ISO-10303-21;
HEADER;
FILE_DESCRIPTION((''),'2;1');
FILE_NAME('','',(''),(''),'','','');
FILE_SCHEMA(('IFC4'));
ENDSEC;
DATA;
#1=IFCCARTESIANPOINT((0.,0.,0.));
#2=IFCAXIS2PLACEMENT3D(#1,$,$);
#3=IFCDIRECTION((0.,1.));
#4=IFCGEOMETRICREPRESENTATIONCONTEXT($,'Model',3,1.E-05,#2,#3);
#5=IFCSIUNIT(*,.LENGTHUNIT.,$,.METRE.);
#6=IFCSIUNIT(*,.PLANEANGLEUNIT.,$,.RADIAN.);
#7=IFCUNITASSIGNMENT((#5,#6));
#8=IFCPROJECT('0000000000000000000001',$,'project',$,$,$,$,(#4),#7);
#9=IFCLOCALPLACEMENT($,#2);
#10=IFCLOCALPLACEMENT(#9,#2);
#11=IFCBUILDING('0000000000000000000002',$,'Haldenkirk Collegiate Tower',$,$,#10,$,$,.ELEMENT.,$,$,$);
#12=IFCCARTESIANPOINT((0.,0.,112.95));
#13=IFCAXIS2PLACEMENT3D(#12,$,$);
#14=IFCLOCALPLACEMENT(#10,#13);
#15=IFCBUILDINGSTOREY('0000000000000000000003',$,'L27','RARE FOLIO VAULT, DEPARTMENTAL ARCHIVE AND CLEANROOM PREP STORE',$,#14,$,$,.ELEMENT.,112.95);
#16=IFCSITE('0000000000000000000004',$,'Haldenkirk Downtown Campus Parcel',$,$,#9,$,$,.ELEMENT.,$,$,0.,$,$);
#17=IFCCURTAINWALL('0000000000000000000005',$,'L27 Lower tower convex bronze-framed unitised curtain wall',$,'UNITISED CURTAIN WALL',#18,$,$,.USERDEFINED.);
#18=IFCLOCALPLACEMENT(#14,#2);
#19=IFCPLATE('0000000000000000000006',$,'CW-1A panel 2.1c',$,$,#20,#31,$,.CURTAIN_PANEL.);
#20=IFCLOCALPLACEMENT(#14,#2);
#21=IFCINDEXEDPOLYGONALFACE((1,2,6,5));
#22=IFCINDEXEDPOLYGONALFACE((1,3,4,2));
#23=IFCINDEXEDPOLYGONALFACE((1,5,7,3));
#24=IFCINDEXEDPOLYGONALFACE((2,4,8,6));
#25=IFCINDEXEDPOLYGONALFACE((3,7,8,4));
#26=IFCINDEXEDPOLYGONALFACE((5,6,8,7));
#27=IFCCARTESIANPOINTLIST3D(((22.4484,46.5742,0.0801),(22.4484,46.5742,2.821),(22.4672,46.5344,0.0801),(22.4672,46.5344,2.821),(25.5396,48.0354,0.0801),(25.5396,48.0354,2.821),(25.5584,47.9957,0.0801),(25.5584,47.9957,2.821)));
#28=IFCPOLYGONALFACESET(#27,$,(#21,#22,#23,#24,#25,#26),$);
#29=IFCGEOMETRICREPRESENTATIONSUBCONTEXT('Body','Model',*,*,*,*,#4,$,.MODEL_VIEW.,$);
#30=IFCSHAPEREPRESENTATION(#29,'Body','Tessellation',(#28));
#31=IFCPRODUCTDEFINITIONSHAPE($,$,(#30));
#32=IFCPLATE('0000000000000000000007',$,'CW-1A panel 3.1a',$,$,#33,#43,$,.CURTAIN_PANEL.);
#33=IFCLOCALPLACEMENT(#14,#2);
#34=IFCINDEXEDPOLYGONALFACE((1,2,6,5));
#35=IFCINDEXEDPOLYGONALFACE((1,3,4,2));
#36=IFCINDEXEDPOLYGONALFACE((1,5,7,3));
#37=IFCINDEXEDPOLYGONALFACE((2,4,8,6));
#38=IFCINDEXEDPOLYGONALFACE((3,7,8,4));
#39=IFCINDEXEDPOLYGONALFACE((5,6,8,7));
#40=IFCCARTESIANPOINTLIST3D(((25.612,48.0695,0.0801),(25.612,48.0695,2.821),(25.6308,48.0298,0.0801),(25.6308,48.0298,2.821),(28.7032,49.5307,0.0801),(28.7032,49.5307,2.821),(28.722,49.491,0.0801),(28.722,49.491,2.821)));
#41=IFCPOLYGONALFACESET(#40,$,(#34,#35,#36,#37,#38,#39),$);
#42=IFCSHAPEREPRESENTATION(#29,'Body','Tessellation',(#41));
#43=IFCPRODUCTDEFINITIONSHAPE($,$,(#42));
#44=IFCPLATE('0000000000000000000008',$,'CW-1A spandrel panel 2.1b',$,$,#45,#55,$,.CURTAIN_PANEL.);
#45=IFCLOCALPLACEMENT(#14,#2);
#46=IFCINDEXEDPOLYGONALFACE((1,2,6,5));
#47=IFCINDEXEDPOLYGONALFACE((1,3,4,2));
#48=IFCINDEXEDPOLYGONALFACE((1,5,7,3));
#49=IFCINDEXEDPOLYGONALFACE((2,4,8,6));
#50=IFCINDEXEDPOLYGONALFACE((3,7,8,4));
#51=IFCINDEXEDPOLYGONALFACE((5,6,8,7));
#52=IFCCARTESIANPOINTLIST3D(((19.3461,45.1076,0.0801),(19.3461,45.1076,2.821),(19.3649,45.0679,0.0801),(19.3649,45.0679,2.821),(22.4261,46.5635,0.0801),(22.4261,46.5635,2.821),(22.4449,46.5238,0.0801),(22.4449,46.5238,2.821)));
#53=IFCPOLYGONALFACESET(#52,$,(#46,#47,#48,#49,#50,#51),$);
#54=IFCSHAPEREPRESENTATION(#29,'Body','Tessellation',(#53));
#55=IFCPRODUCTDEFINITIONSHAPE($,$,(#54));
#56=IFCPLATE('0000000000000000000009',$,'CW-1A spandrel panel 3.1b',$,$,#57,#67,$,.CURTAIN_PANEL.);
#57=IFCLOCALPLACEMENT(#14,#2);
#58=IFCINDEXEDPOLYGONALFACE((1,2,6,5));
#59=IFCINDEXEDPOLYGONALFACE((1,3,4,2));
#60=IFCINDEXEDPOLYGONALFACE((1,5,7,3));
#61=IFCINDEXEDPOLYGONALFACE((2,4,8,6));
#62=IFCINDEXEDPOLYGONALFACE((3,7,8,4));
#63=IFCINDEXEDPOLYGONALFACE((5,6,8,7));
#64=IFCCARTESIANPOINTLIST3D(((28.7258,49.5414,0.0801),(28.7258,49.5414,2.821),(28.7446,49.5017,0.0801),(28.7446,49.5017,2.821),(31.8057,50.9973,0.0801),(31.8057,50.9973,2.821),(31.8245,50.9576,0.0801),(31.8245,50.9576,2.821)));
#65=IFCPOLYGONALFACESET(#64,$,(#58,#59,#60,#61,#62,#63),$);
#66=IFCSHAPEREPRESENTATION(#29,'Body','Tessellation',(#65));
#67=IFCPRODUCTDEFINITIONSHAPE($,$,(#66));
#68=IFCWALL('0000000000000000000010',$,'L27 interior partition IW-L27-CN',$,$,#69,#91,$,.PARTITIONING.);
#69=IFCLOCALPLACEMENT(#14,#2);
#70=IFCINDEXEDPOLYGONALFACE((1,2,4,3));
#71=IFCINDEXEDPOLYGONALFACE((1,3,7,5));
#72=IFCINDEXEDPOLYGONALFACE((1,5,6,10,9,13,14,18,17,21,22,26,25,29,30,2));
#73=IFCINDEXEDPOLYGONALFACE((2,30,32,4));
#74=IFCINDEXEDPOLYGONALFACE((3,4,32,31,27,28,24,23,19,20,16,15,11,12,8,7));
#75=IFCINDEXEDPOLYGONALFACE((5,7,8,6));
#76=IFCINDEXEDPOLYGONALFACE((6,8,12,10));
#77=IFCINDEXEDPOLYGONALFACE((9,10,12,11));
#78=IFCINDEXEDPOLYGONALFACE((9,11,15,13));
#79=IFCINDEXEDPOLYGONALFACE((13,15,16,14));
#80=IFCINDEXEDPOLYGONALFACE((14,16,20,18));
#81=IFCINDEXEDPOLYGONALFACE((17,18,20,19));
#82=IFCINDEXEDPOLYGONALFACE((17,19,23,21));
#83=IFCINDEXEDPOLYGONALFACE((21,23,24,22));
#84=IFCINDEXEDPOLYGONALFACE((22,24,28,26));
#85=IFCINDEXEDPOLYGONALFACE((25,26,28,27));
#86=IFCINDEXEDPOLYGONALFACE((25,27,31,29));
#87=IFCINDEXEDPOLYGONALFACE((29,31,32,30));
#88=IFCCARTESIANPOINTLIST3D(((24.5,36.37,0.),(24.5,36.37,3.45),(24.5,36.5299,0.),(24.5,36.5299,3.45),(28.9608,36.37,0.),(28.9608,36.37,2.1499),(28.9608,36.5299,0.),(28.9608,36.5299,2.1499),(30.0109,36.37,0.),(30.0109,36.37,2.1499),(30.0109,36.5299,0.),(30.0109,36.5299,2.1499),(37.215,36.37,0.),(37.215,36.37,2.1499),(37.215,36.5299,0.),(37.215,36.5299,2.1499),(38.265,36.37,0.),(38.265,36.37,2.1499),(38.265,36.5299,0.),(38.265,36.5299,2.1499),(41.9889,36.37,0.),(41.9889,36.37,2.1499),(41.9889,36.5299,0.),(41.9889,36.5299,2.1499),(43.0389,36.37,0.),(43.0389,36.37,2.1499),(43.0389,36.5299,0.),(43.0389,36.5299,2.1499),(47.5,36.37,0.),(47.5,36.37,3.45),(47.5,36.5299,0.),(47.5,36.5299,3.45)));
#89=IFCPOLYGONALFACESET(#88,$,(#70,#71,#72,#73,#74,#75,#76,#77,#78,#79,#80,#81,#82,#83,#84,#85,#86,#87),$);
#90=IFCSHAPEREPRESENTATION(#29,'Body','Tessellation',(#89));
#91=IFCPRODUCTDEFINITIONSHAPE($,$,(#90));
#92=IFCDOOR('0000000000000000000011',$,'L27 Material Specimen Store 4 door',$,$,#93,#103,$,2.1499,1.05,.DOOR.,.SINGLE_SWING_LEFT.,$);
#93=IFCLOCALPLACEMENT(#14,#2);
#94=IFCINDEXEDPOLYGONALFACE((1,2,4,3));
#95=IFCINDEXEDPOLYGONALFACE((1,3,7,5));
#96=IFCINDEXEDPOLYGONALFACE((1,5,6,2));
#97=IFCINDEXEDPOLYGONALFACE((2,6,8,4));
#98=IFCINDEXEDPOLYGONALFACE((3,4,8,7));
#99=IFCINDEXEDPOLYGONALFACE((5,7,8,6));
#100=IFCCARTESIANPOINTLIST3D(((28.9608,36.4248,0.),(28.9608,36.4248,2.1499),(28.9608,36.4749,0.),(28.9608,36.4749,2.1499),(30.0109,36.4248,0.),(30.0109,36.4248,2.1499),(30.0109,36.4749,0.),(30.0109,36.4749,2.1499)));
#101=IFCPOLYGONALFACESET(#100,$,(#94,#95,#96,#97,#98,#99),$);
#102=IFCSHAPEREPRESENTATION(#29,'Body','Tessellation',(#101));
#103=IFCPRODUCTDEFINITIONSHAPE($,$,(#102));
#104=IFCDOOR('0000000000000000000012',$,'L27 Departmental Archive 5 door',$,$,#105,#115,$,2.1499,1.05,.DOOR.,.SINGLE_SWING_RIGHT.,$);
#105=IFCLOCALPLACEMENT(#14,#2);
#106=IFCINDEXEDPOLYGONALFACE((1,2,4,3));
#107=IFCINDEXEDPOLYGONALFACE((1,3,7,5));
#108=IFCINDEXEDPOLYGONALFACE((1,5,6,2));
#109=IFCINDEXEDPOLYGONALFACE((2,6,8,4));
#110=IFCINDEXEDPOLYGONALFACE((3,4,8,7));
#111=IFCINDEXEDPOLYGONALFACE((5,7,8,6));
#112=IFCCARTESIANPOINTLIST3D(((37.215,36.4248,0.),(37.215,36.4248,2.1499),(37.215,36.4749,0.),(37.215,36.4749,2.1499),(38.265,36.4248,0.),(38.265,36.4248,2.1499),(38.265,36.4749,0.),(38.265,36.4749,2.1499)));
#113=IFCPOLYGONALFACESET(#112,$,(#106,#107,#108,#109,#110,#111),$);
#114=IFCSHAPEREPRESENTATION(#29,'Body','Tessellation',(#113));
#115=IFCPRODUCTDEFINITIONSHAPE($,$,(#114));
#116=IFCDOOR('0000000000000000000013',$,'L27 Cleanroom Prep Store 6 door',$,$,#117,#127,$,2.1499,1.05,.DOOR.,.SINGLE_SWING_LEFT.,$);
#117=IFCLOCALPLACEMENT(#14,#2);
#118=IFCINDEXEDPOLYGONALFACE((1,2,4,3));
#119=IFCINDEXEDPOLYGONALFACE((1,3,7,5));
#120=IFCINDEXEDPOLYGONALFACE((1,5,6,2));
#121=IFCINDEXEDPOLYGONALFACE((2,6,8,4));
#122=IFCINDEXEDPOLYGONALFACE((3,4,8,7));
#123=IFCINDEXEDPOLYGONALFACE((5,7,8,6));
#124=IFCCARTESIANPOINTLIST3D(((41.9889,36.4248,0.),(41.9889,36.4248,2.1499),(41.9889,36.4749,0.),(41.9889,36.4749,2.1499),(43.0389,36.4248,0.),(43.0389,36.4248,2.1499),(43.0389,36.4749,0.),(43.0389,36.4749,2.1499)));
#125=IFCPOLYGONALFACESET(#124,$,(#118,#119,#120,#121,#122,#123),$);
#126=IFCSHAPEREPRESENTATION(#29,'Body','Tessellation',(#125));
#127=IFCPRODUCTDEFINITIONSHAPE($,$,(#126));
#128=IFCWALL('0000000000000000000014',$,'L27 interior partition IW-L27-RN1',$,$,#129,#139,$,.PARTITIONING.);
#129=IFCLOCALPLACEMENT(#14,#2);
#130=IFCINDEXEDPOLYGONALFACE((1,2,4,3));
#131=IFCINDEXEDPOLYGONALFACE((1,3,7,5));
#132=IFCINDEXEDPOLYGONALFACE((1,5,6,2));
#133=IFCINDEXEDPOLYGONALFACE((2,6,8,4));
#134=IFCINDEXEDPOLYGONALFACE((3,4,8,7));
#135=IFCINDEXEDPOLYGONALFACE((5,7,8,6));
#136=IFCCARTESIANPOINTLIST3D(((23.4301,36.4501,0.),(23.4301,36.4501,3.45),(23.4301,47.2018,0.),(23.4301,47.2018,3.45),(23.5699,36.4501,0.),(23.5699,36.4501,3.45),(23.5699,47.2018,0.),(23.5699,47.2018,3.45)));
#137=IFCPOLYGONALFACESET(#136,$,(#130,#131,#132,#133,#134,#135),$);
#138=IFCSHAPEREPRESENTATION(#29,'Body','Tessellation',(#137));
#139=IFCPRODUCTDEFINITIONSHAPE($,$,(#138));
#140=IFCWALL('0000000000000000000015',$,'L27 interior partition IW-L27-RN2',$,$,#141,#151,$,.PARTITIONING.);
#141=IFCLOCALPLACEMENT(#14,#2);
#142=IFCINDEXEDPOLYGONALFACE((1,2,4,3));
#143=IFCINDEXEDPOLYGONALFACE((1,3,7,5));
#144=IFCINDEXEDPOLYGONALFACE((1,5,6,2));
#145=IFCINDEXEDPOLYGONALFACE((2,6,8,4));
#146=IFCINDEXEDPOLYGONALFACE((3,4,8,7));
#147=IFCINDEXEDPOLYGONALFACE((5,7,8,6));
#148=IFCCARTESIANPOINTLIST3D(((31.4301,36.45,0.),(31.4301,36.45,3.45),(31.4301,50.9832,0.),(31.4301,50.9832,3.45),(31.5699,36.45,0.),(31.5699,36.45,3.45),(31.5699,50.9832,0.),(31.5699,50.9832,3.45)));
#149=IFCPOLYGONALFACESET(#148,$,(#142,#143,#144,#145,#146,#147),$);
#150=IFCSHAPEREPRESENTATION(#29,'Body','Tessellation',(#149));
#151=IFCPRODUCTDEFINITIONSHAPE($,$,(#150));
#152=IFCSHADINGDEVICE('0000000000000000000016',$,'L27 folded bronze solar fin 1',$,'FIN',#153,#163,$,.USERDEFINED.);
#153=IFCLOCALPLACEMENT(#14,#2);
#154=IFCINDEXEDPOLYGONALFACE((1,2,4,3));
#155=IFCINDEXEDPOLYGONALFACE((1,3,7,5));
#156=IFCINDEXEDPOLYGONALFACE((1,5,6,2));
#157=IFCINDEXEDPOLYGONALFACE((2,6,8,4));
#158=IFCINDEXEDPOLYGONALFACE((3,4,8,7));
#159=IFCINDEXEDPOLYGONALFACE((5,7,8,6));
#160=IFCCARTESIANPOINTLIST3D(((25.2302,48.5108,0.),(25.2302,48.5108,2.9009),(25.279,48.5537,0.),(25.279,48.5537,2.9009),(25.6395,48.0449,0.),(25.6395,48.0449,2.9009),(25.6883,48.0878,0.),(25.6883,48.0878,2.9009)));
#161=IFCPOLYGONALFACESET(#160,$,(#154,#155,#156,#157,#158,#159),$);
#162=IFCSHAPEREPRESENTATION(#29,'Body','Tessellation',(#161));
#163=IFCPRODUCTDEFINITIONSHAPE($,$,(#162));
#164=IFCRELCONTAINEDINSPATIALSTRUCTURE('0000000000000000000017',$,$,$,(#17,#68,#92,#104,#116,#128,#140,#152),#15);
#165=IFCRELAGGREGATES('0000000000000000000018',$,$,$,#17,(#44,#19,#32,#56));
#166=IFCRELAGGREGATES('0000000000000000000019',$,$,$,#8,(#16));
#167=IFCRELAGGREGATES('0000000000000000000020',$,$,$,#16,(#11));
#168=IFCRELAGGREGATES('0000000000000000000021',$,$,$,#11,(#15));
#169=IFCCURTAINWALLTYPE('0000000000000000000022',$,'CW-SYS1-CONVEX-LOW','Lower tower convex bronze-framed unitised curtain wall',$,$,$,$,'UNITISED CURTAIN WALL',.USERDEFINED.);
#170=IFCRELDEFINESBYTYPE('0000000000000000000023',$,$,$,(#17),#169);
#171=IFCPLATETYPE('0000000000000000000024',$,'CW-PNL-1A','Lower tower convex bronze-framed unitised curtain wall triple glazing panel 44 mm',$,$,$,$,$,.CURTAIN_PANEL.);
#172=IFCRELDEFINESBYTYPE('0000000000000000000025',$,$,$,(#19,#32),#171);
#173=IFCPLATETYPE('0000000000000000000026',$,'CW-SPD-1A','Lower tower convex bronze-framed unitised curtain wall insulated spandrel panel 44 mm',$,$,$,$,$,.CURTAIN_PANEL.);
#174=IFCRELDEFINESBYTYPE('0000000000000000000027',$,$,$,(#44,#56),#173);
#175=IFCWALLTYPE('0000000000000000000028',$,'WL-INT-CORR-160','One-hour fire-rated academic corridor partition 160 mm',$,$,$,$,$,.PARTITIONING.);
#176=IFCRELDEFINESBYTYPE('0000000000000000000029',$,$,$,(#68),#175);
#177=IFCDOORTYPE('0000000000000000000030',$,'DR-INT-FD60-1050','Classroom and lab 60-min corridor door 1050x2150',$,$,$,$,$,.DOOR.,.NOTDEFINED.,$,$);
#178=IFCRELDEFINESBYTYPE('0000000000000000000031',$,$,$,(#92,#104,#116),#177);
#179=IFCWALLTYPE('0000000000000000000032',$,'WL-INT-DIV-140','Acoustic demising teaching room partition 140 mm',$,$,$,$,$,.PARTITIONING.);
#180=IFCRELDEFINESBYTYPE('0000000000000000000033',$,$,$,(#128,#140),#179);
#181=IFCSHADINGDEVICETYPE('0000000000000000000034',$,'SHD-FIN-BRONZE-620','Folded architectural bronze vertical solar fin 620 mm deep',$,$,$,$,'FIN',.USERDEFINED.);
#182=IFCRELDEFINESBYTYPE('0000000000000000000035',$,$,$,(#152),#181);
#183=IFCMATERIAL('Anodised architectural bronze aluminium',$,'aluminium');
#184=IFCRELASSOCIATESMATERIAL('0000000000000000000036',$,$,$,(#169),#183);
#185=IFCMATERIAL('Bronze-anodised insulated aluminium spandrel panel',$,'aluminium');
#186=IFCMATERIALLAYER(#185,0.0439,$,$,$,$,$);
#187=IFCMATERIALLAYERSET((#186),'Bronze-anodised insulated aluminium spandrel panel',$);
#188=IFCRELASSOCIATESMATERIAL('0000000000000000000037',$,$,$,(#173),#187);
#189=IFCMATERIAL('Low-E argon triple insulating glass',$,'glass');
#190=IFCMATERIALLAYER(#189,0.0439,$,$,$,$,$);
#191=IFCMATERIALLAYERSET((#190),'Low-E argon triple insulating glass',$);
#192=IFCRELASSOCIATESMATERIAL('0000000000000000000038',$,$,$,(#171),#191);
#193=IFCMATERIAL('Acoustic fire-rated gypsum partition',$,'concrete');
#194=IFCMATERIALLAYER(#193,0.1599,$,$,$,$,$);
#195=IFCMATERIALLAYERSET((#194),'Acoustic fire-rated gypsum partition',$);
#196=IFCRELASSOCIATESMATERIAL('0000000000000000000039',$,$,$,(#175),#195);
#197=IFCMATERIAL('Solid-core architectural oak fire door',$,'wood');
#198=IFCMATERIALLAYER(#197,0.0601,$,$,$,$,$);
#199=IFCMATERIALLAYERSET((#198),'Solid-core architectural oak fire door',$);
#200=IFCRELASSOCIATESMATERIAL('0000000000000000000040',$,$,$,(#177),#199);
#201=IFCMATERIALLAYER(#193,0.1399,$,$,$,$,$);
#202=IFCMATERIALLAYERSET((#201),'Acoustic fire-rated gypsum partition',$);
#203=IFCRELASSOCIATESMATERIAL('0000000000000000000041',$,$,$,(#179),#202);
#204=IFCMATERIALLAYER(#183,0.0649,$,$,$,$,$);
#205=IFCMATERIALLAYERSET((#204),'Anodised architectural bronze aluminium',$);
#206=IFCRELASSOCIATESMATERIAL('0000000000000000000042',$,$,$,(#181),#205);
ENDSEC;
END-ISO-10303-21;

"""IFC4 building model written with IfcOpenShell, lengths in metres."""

from ifc_helpers import new_model, si_unit, direction, frame, frame_2d, origin, origin_2d, place, context, subcontext, project, spatial, rectangle, extrude, source, transform, mapped, material, layer, layer_set, type_object, element, fill, aggregate, save


model = new_model("IFC4")

# Units and contexts
model_context = context("Model", 3, precision=1e-05, world=origin(), true_north=direction((0.0, 1.0)))
body_context = subcontext(model_context, "Body", "Model", "MODEL_VIEW")
ifc_project = project(units=[si_unit("LENGTHUNIT", "METRE"), si_unit("PLANEANGLEUNIT", "RADIAN")], contexts=[model_context])

# Site, building, storey
site_placement = place(None, origin())
site = spatial("IfcSite", under=ifc_project, at=site_placement, Name="Haldenkirk Downtown Campus Parcel", CompositionType="ELEMENT", RefElevation=0.0)
building_placement = place(site_placement, origin())
building = spatial("IfcBuilding", under=site, at=building_placement, Name="Haldenkirk Collegiate Tower", CompositionType="ELEMENT")
storey_placement = place(building_placement, frame((0.0, 0.0, 112.95)))
storey = spatial("IfcBuildingStorey", under=building, at=storey_placement, Name="L27", Description="RARE FOLIO VAULT, DEPARTMENTAL ARCHIVE AND CLEANROOM PREP STORE", CompositionType="ELEMENT", Elevation=112.95)

# Curtain wall, plates
ifc_material_1 = material(Name="Anodised architectural bronze aluminium", Category="aluminium")
curtain_wall_type = type_object("IfcCurtainWallType", Name="CW-SYS1-CONVEX-LOW", Description="Lower tower convex bronze-framed unitised curtain wall", ElementType="UNITISED CURTAIN WALL", PredefinedType="USERDEFINED", material=ifc_material_1)
curtain_wall_placement = place(storey_placement, origin())
curtain_wall = element("IfcCurtainWall", 1, at=curtain_wall_placement, inside=storey, type_object=curtain_wall_type, Name="L27 Lower tower convex bronze-framed unitised curtain wall", ObjectType="UNITISED CURTAIN WALL", PredefinedType="USERDEFINED")
ifc_material_2 = material(Name="Bronze-anodised insulated aluminium spandrel panel", Category="aluminium")
ifc_layer_1 = layer(ifc_material_2, 0.0439)
ifc_layer_set_1 = layer_set([ifc_layer_1], Name="Bronze-anodised insulated aluminium spandrel panel")
plate_type_1 = type_object("IfcPlateType", Name="CW-SPD-1A", Description="Lower tower convex bronze-framed unitised curtain wall insulated spandrel panel 44 mm", PredefinedType="CURTAIN_PANEL", material=ifc_layer_set_1)
shared_shape_1 = source(origin(), body_context, "Body", "SweptSolid", [
    extrude(rectangle(XDim=3.4192, YDim=0.0439, at=origin_2d()), origin(), (0.0, 0.0, 1.0), 2.741),
])
ifc_material_3 = material(Name="Low-E argon triple insulating glass", Category="glass")
ifc_layer_2 = layer(ifc_material_3, 0.0439)
ifc_layer_set_2 = layer_set([ifc_layer_2], Name="Low-E argon triple insulating glass")
plate_type_2 = type_object("IfcPlateType", Name="CW-PNL-1A", Description="Lower tower convex bronze-framed unitised curtain wall triple glazing panel 44 mm", PredefinedType="CURTAIN_PANEL", material=ifc_layer_set_2)
plate_1_placement = place(storey_placement, frame((24.0034, 47.2849, 0.0801), z_axis=(0.0, 0.0, 1.0), x_axis=(0.904082, 0.427359, 0.0)))
plate_1 = element("IfcPlate", 2, at=plate_1_placement, type_object=plate_type_2, Name="CW-1A panel 2.1c", PredefinedType="CURTAIN_PANEL", context=body_context, shape_type="MappedRepresentation", body=[
    mapped(shared_shape_1, transform((0.0, 0.0, 0.0), x_axis=(1.0, 0.0, 0.0), y_axis=(0.0, 1.0, 0.0), z_axis=(0.0, 0.0, 1.0), scale=1.0)),
])
plate_2_placement = place(storey_placement, frame((27.167, 48.7803, 0.0801), z_axis=(0.0, 0.0, 1.0), x_axis=(0.904082, 0.427359, 0.0)))
plate_2 = element("IfcPlate", 3, at=plate_2_placement, type_object=plate_type_2, Name="CW-1A panel 3.1a", PredefinedType="CURTAIN_PANEL", context=body_context, shape_type="MappedRepresentation", body=[
    mapped(shared_shape_1, transform((0.0, 0.0, 0.0), x_axis=(1.0, 0.0, 0.0), y_axis=(0.0, 1.0, 0.0), z_axis=(0.0, 0.0, 1.0), scale=1.0)),
])
shared_shape_2 = source(origin(), body_context, "Body", "SweptSolid", [
    extrude(rectangle(XDim=3.4067, YDim=0.0439, at=origin_2d()), origin(), (0.0, 0.0, 1.0), 2.741),
])
plate_3_placement = place(storey_placement, frame((20.8955, 45.8157, 0.0801), z_axis=(0.0, 0.0, 1.0), x_axis=(0.904082, 0.427359, 0.0)))
plate_3 = element("IfcPlate", 4, at=plate_3_placement, type_object=plate_type_1, Name="CW-1A spandrel panel 2.1b", PredefinedType="CURTAIN_PANEL", context=body_context, shape_type="MappedRepresentation", body=[
    mapped(shared_shape_2, transform((0.0, 0.0, 0.0), x_axis=(1.0, 0.0, 0.0), y_axis=(0.0, 1.0, 0.0), z_axis=(0.0, 0.0, 1.0), scale=1.0)),
])
plate_4_placement = place(storey_placement, frame((30.2751, 50.2495, 0.0801), z_axis=(0.0, 0.0, 1.0), x_axis=(0.904082, 0.427359, 0.0)))
plate_4 = element("IfcPlate", 5, at=plate_4_placement, type_object=plate_type_1, Name="CW-1A spandrel panel 3.1b", PredefinedType="CURTAIN_PANEL", context=body_context, shape_type="MappedRepresentation", body=[
    mapped(shared_shape_2, transform((0.0, 0.0, 0.0), x_axis=(1.0, 0.0, 0.0), y_axis=(0.0, 1.0, 0.0), z_axis=(0.0, 0.0, 1.0), scale=1.0)),
])
aggregate(curtain_wall, [plate_3, plate_1, plate_2, plate_4])

# Wall, openings, doors
ifc_material_4 = material(Name="Acoustic fire-rated gypsum partition", Category="concrete")
ifc_layer_3 = layer(ifc_material_4, 0.1599)
ifc_layer_set_3 = layer_set([ifc_layer_3], Name="Acoustic fire-rated gypsum partition")
wall_type_1 = type_object("IfcWallType", Name="WL-INT-CORR-160", Description="One-hour fire-rated academic corridor partition 160 mm", PredefinedType="PARTITIONING", material=ifc_layer_set_3)
wall_1_placement = place(storey_placement, frame((24.5, 36.45, 0.0), z_axis=(0.0, 0.0, 1.0), x_axis=(1.0, 0.0, 0.0)))
wall_1 = element("IfcWall", 6, at=wall_1_placement, inside=storey, type_object=wall_type_1, Name="L27 interior partition IW-L27-CN", PredefinedType="PARTITIONING", context=body_context, shape_type="SweptSolid", body=[
    extrude(rectangle(XDim=23.0, YDim=0.1599, at=frame_2d((11.5, 0.0))), origin(), (0.0, 0.0, 1.0), 3.45),
])
opening_1_placement = place(wall_1_placement, frame((4.4609, 0.0, 0.0)))
opening_1 = element("IfcOpeningElement", 7, at=opening_1_placement, cuts=wall_1, PredefinedType="OPENING", context=body_context, shape_type="SweptSolid", body=[
    extrude(rectangle(XDim=1.05, YDim=2.1499, at=frame_2d((0.5249, 1.075))), frame((0.0, 0.0898, 0.0), z_axis=(0.0, -1.0, 0.0), x_axis=(1.0, 0.0, 0.0)), (0.0, 0.0, 1.0), 0.1799),
])
opening_2_placement = place(wall_1_placement, frame((12.7151, 0.0, 0.0)))
opening_2 = element("IfcOpeningElement", 8, at=opening_2_placement, cuts=wall_1, PredefinedType="OPENING", context=body_context, shape_type="SweptSolid", body=[
    extrude(rectangle(XDim=1.05, YDim=2.1499, at=frame_2d((0.5249, 1.075))), frame((0.0, 0.0898, 0.0), z_axis=(0.0, -1.0, 0.0), x_axis=(1.0, 0.0, 0.0)), (0.0, 0.0, 1.0), 0.1799),
])
opening_3_placement = place(wall_1_placement, frame((17.489, 0.0, 0.0)))
opening_3 = element("IfcOpeningElement", 9, at=opening_3_placement, cuts=wall_1, PredefinedType="OPENING", context=body_context, shape_type="SweptSolid", body=[
    extrude(rectangle(XDim=1.05, YDim=2.1499, at=frame_2d((0.5249, 1.075))), frame((0.0, 0.0898, 0.0), z_axis=(0.0, -1.0, 0.0), x_axis=(1.0, 0.0, 0.0)), (0.0, 0.0, 1.0), 0.1799),
])
ifc_material_5 = material(Name="Solid-core architectural oak fire door", Category="wood")
ifc_layer_4 = layer(ifc_material_5, 0.0601)
ifc_layer_set_4 = layer_set([ifc_layer_4], Name="Solid-core architectural oak fire door")
door_type_1 = type_object("IfcDoorType", Name="DR-INT-FD60-1050", Description="Classroom and lab 60-min corridor door 1050x2150", OperationType="NOTDEFINED", PredefinedType="DOOR", material=ifc_layer_set_4)
door_1_placement = place(opening_1_placement, origin())
door_1 = element("IfcDoor", 10, at=door_1_placement, inside=storey, type_object=door_type_1, Name="L27 Material Specimen Store 4 door", OperationType="SINGLE_SWING_LEFT", OverallHeight=2.1499, OverallWidth=1.05, PredefinedType="DOOR", context=body_context, shape_type="SweptSolid", body=[
    extrude(rectangle(XDim=1.05, YDim=2.1499, at=frame_2d((0.5249, 1.075))), frame((0.0, 0.0249, 0.0), z_axis=(0.0, -1.0, 0.0), x_axis=(1.0, 0.0, 0.0)), (0.0, 0.0, 1.0), 0.05),
])
fill(opening_1, door_1)
door_2_placement = place(opening_2_placement, origin())
door_2 = element("IfcDoor", 11, at=door_2_placement, inside=storey, type_object=door_type_1, Name="L27 Departmental Archive 5 door", OperationType="SINGLE_SWING_RIGHT", OverallHeight=2.1499, OverallWidth=1.05, PredefinedType="DOOR", context=body_context, shape_type="SweptSolid", body=[
    extrude(rectangle(XDim=1.05, YDim=2.1499, at=frame_2d((0.5249, 1.075))), frame((0.0, 0.0249, 0.0), z_axis=(0.0, -1.0, 0.0), x_axis=(1.0, 0.0, 0.0)), (0.0, 0.0, 1.0), 0.05),
])
fill(opening_2, door_2)
door_3_placement = place(opening_3_placement, origin())
door_3 = element("IfcDoor", 12, at=door_3_placement, inside=storey, type_object=door_type_1, Name="L27 Cleanroom Prep Store 6 door", OperationType="SINGLE_SWING_LEFT", OverallHeight=2.1499, OverallWidth=1.05, PredefinedType="DOOR", context=body_context, shape_type="SweptSolid", body=[
    extrude(rectangle(XDim=1.05, YDim=2.1499, at=frame_2d((0.5249, 1.075))), frame((0.0, 0.0249, 0.0), z_axis=(0.0, -1.0, 0.0), x_axis=(1.0, 0.0, 0.0)), (0.0, 0.0, 1.0), 0.05),
])
fill(opening_3, door_3)

# Walls
ifc_layer_5 = layer(ifc_material_4, 0.1399)
ifc_layer_set_5 = layer_set([ifc_layer_5], Name="Acoustic fire-rated gypsum partition")
wall_type_2 = type_object("IfcWallType", Name="WL-INT-DIV-140", Description="Acoustic demising teaching room partition 140 mm", PredefinedType="PARTITIONING", material=ifc_layer_set_5)
wall_2_placement = place(storey_placement, frame((23.5, 36.45, 0.0), z_axis=(0.0, 0.0, 1.0), x_axis=(0.0, 1.0, 0.0)))
element("IfcWall", 13, at=wall_2_placement, inside=storey, type_object=wall_type_2, Name="L27 interior partition IW-L27-RN1", PredefinedType="PARTITIONING", context=body_context, shape_type="SweptSolid", body=[
    extrude(rectangle(XDim=10.7517, YDim=0.1399, at=frame_2d((5.376, 0.0))), origin(), (0.0, 0.0, 1.0), 3.45),
])
wall_3_placement = place(storey_placement, frame((31.5, 36.45, 0.0), z_axis=(0.0, 0.0, 1.0), x_axis=(0.0, 1.0, 0.0)))
element("IfcWall", 14, at=wall_3_placement, inside=storey, type_object=wall_type_2, Name="L27 interior partition IW-L27-RN2", PredefinedType="PARTITIONING", context=body_context, shape_type="SweptSolid", body=[
    extrude(rectangle(XDim=14.5332, YDim=0.1399, at=frame_2d((7.2666, 0.0))), origin(), (0.0, 0.0, 1.0), 3.45),
])

# Shading device
ifc_layer_6 = layer(ifc_material_1, 0.0649)
ifc_layer_set_6 = layer_set([ifc_layer_6], Name="Anodised architectural bronze aluminium")
shading_device_type = type_object("IfcShadingDeviceType", Name="SHD-FIN-BRONZE-620", Description="Folded architectural bronze vertical solar fin 620 mm deep", ElementType="FIN", PredefinedType="USERDEFINED", material=ifc_layer_set_6)
shared_shape_3 = source(origin(), body_context, "Body", "SweptSolid", [
    extrude(rectangle(XDim=0.6201, YDim=0.0649, at=origin_2d()), origin(), (0.0, 0.0, 1.0), 2.9009),
])
shading_device_placement = place(storey_placement, frame((25.4592, 48.2993, 0.0), z_axis=(0.0, 0.0, 1.0), x_axis=(-0.660002, 0.751264, 0.0)))
element("IfcShadingDevice", 15, at=shading_device_placement, inside=storey, type_object=shading_device_type, Name="L27 folded bronze solar fin 1", ObjectType="FIN", PredefinedType="USERDEFINED", context=body_context, shape_type="MappedRepresentation", body=[
    mapped(shared_shape_3, transform((0.0, 0.0, 0.0), x_axis=(1.0, 0.0, 0.0), y_axis=(0.0, 1.0, 0.0), z_axis=(0.0, 0.0, 1.0), scale=1.0)),
])

save(model, "model.ifc")
